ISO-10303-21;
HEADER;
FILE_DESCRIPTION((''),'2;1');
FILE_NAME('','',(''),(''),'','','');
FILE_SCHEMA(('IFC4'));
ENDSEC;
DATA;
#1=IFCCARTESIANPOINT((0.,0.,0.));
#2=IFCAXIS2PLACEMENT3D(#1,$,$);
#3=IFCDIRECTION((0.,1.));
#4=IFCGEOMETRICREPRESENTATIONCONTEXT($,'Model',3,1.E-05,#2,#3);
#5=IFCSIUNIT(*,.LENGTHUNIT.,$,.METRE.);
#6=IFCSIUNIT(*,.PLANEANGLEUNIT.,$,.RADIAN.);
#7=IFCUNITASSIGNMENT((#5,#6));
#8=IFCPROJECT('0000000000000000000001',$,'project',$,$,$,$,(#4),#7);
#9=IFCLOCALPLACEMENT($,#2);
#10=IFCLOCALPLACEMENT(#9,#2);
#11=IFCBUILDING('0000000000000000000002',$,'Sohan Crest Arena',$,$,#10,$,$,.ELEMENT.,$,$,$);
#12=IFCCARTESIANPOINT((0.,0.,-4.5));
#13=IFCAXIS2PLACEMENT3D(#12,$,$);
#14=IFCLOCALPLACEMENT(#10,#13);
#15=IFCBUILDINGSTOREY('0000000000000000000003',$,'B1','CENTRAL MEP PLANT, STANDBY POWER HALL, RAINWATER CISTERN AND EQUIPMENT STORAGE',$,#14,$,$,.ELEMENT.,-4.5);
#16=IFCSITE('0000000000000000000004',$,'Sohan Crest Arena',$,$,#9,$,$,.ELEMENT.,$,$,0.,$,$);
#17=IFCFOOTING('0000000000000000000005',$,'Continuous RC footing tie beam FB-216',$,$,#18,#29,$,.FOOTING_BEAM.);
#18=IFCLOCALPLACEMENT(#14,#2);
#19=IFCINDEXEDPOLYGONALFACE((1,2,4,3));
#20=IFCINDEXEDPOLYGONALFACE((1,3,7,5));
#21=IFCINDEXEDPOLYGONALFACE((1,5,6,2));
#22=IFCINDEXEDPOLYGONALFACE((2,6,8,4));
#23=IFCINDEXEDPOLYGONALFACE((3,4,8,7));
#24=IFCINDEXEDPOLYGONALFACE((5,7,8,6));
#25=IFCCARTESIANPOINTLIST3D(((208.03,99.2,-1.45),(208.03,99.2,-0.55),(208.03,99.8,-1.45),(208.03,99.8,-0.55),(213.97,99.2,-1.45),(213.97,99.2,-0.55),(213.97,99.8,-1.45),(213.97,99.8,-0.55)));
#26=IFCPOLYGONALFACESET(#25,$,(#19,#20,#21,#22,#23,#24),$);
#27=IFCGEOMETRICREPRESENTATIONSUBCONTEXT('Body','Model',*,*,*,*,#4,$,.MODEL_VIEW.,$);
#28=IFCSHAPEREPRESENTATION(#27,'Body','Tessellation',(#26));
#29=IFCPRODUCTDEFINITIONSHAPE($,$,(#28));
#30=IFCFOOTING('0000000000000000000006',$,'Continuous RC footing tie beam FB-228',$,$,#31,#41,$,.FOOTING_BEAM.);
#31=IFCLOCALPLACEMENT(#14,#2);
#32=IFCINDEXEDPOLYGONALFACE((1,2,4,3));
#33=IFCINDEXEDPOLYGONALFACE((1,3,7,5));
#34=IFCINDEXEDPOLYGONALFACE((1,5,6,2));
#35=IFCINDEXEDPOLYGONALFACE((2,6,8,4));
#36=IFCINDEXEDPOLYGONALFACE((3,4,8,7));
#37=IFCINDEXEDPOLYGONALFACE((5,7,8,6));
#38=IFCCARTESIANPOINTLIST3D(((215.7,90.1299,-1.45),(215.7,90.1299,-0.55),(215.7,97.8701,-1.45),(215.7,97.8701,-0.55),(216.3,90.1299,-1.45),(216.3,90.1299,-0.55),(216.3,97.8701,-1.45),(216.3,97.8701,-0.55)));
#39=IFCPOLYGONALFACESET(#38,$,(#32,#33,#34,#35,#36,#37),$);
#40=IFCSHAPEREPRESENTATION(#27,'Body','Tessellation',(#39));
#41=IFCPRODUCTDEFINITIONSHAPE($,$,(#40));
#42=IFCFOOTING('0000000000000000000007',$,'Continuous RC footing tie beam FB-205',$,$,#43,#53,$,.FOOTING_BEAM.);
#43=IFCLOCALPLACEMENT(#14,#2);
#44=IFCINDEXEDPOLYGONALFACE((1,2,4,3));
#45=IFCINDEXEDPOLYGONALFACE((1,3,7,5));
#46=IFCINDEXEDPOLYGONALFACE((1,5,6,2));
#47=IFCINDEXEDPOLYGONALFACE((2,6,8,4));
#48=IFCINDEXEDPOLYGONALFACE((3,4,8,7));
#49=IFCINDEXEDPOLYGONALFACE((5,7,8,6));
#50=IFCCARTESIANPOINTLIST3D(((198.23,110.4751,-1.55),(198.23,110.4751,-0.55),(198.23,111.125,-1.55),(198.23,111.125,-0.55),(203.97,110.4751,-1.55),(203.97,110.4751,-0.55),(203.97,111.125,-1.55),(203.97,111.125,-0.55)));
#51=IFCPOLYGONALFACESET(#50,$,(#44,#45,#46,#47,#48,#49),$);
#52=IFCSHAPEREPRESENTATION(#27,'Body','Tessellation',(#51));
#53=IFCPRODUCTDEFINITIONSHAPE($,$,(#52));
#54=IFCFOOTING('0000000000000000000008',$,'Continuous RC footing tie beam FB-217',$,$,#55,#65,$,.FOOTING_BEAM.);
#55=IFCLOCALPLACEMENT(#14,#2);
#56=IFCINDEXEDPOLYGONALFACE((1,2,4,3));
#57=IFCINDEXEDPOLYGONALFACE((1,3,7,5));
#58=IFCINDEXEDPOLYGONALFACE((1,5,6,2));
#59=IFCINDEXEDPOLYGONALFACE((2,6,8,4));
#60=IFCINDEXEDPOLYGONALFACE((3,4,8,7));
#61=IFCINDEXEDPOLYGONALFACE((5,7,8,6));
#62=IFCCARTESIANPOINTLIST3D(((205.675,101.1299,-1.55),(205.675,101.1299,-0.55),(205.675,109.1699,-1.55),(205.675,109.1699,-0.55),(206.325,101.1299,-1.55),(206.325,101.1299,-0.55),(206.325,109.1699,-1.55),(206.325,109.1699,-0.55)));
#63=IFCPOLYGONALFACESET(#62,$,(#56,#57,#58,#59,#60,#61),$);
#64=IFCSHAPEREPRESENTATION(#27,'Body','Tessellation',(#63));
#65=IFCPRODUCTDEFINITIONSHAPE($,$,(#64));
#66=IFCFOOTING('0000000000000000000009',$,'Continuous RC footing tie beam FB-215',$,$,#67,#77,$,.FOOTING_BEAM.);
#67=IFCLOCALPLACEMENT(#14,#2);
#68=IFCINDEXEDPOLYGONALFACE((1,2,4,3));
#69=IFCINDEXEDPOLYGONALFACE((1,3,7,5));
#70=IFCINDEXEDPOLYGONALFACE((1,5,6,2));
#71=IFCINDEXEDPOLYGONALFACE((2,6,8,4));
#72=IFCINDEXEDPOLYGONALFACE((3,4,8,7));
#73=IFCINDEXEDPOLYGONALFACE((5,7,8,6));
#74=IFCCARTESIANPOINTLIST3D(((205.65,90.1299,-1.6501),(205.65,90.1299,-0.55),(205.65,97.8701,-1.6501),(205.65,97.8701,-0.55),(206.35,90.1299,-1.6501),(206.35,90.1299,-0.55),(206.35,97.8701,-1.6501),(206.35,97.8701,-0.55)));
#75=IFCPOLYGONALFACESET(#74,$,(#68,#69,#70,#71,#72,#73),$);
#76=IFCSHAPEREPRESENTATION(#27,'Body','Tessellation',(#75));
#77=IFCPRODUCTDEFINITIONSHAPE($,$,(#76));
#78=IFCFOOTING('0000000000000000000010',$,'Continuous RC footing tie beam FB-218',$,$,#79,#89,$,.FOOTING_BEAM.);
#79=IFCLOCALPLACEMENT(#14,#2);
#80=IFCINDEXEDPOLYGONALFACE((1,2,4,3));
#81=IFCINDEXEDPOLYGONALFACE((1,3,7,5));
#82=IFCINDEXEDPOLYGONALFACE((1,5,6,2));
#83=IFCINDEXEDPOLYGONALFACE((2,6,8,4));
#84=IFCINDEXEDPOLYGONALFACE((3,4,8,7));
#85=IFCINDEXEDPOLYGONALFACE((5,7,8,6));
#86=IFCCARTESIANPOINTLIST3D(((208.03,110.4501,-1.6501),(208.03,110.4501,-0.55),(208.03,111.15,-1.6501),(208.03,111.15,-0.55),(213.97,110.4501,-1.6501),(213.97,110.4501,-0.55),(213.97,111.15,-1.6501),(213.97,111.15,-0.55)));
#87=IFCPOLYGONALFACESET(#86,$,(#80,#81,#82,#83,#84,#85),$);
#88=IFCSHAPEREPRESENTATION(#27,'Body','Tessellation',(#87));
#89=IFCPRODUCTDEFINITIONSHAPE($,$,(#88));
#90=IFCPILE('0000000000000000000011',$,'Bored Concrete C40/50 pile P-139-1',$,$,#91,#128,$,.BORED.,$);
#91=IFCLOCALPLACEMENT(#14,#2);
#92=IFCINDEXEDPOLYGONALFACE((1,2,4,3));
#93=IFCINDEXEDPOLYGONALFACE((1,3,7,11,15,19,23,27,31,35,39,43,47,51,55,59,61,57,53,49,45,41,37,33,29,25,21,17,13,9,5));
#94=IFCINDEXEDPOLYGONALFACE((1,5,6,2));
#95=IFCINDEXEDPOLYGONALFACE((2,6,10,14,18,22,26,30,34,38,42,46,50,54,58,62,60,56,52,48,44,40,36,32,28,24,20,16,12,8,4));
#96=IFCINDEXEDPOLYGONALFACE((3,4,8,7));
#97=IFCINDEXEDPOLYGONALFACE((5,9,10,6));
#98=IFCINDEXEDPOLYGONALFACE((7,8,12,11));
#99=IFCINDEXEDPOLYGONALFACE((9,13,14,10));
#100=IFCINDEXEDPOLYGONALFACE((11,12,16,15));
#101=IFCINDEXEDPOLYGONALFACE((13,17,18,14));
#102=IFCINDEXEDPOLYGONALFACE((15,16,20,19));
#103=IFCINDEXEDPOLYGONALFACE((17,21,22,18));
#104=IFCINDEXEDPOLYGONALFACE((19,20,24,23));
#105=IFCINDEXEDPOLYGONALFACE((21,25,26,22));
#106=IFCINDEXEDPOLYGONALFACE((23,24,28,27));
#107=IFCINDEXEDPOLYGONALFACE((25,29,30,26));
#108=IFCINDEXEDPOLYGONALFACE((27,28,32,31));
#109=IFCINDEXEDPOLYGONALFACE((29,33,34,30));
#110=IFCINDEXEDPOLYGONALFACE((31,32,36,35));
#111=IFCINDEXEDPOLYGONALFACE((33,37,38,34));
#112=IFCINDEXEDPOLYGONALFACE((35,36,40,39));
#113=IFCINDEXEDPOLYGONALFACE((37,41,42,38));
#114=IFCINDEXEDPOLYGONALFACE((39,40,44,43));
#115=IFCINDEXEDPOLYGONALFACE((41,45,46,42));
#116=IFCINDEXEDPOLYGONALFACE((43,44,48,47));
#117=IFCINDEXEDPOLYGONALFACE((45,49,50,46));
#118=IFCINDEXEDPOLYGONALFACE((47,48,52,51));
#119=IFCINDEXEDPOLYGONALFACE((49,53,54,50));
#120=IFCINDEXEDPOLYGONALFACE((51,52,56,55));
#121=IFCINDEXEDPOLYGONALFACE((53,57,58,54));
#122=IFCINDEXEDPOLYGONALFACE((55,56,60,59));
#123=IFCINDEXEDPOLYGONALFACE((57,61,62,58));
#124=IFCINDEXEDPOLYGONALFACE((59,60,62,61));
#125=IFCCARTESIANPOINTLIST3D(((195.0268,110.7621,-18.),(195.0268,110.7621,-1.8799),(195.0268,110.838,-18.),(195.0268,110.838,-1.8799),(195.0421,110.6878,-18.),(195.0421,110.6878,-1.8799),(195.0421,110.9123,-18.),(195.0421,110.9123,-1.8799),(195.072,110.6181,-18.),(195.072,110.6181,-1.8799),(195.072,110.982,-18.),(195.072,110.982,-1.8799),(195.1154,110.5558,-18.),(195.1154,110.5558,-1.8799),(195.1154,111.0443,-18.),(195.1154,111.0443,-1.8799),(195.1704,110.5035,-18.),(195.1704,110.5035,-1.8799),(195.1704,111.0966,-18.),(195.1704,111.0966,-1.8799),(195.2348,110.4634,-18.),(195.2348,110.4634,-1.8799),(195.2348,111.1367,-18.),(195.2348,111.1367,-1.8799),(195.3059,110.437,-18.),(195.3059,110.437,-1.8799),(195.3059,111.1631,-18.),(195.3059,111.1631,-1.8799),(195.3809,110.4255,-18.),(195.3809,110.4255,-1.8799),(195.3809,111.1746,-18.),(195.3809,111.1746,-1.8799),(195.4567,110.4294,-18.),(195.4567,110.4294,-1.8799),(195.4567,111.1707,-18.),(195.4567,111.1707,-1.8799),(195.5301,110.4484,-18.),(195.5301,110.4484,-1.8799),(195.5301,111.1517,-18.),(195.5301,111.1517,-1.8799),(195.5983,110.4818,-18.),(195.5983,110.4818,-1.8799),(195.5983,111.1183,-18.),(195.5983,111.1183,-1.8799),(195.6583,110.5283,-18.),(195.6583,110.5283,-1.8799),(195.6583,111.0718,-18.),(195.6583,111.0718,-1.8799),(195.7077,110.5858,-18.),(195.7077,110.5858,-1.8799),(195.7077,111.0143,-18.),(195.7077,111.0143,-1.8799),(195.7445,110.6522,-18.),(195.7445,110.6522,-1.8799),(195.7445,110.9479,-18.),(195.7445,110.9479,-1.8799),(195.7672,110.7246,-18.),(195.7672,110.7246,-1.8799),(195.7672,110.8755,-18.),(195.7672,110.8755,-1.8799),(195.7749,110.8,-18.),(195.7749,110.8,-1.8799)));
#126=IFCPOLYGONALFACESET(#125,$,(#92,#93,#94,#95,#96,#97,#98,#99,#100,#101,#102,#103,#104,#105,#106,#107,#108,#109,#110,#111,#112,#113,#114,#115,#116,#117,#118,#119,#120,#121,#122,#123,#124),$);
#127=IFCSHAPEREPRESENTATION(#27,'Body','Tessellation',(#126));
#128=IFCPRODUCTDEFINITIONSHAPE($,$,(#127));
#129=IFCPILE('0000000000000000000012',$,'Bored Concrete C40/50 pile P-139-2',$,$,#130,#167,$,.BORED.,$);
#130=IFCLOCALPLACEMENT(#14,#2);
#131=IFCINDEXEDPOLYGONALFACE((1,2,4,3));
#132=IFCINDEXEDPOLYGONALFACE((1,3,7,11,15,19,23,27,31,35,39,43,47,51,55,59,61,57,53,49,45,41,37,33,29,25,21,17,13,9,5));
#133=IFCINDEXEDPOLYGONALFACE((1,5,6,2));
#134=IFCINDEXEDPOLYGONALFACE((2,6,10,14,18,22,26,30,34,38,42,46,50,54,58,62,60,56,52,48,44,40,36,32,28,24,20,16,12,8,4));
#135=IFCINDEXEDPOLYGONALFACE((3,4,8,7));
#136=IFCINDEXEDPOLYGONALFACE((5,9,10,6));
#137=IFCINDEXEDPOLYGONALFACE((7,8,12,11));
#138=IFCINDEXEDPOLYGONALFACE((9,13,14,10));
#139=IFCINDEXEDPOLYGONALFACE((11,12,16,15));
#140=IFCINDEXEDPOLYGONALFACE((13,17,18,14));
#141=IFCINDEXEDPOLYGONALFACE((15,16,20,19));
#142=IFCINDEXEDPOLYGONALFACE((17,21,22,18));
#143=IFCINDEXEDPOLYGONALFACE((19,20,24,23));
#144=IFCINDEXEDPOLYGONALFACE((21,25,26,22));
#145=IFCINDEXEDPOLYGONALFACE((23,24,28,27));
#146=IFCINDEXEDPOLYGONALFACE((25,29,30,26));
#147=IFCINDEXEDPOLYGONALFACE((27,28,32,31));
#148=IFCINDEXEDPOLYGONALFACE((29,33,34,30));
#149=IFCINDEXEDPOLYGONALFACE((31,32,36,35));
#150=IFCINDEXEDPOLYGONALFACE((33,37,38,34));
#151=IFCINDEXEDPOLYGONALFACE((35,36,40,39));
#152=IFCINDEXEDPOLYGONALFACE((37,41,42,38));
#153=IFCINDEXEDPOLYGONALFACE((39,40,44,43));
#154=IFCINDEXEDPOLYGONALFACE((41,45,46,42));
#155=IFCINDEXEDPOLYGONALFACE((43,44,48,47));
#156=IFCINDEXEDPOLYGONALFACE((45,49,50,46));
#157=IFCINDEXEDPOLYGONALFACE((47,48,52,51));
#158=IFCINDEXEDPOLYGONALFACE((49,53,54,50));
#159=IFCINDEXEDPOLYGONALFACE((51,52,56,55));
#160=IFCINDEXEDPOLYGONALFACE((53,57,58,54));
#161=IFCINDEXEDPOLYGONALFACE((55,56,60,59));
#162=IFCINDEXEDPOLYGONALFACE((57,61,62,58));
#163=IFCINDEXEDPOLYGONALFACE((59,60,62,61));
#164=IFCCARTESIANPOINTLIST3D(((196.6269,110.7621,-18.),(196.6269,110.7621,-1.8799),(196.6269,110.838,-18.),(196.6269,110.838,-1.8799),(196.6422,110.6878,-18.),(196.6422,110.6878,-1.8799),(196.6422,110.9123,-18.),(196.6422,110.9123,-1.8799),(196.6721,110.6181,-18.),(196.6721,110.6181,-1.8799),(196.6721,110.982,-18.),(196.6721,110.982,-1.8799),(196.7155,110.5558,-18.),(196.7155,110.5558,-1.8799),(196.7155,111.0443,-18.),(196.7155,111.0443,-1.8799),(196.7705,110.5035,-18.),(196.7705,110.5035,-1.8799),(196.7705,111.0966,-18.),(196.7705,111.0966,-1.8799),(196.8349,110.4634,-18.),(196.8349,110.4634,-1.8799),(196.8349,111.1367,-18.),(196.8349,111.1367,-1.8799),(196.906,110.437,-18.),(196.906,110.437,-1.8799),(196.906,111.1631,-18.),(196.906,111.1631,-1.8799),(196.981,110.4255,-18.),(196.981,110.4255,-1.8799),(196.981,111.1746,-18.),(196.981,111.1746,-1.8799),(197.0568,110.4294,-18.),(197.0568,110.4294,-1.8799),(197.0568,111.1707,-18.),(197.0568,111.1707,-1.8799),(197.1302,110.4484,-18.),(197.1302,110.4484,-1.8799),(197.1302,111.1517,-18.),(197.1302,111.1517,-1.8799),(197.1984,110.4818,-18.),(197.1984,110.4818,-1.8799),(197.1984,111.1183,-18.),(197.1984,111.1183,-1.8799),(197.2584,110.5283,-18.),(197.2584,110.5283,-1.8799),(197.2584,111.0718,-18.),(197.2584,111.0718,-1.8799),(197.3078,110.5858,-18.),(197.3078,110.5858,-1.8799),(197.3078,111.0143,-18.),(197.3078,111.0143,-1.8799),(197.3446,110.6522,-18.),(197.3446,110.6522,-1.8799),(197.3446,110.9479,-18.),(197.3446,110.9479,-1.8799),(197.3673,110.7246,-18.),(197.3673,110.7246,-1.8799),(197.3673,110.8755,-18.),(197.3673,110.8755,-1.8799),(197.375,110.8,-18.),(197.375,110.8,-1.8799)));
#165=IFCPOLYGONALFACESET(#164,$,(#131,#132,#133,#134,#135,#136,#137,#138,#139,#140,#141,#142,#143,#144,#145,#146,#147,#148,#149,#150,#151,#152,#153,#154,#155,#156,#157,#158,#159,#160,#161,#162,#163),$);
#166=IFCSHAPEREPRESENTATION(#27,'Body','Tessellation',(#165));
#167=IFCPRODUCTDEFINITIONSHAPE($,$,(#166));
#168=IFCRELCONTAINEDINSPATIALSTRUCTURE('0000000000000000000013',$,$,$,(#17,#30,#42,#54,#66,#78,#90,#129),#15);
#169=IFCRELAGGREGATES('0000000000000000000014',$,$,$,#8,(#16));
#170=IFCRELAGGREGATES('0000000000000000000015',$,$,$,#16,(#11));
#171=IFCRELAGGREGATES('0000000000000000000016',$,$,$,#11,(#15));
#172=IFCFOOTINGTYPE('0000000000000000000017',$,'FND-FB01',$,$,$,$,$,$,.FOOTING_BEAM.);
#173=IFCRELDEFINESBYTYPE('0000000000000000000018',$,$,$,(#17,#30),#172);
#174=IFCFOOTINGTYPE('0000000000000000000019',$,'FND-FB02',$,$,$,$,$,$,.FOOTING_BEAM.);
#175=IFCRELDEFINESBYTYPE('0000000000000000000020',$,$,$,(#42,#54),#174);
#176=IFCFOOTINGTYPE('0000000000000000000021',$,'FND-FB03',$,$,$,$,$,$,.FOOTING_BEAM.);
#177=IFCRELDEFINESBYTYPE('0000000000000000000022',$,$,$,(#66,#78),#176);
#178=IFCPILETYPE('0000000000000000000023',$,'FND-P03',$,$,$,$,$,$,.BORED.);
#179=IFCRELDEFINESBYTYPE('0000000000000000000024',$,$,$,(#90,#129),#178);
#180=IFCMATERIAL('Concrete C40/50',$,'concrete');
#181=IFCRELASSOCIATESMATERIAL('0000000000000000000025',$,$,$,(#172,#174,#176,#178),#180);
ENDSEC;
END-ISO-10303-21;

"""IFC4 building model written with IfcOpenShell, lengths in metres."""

from ifc_helpers import new_model, si_unit, direction, frame, origin, origin_2d, place, context, subcontext, project, spatial, rectangle, circle, extrude, material, material_profile, profile_set, type_object, element, save


model = new_model("IFC4")

# Units and contexts
model_context = context("Model", 3, precision=1e-05, world=origin(), true_north=direction((0.0, 1.0)))
body_context = subcontext(model_context, "Body", "Model", "MODEL_VIEW")
ifc_project = project(units=[si_unit("LENGTHUNIT", "METRE"), si_unit("PLANEANGLEUNIT", "RADIAN")], contexts=[model_context])

# Site, building, storey
site_placement = place(None, origin())
site = spatial("IfcSite", under=ifc_project, at=site_placement, Name="Sohan Crest Arena", CompositionType="ELEMENT", RefElevation=0.0)
building_placement = place(site_placement, origin())
building = spatial("IfcBuilding", under=site, at=building_placement, Name="Sohan Crest Arena", CompositionType="ELEMENT")
storey_placement = place(building_placement, frame((0.0, 0.0, -4.5)))
storey = spatial("IfcBuildingStorey", under=building, at=storey_placement, Name="B1", Description="CENTRAL MEP PLANT, STANDBY POWER HALL, RAINWATER CISTERN AND EQUIPMENT STORAGE", CompositionType="ELEMENT", Elevation=-4.5)

# Footings
ifc_material_1 = material(Name="Concrete C40/50", Category="concrete")
ifc_material_profile_1 = material_profile(ifc_material_1, rectangle(XDim=0.6001, YDim=0.8999, at=origin_2d()), Name="RC-FB 600x900")
ifc_profile_set_1 = profile_set([ifc_material_profile_1], Name="Concrete C40/50")
footing_type_1 = type_object("IfcFootingType", Name="FND-FB01", PredefinedType="FOOTING_BEAM", material=ifc_profile_set_1)
footing_1_placement = place(storey_placement, frame((208.03, 99.5, -1.0), z_axis=(1.0, 0.0, 0.0), x_axis=(0.0, 1.0, 0.0)))
element("IfcFooting", 1, at=footing_1_placement, inside=storey, type_object=footing_type_1, Name="Continuous RC footing tie beam FB-216", PredefinedType="FOOTING_BEAM", context=body_context, shape_type="SweptSolid", body=[
    extrude(rectangle(XDim=0.6001, YDim=0.8999, at=origin_2d()), origin(), (0.0, 0.0, 1.0), 5.9399),
])
footing_2_placement = place(storey_placement, frame((216.0, 90.1299, -1.0), z_axis=(0.0, 1.0, 0.0), x_axis=(-1.0, 0.0, 0.0)))
element("IfcFooting", 2, at=footing_2_placement, inside=storey, type_object=footing_type_1, Name="Continuous RC footing tie beam FB-228", PredefinedType="FOOTING_BEAM", context=body_context, shape_type="SweptSolid", body=[
    extrude(rectangle(XDim=0.6001, YDim=0.8999, at=origin_2d()), origin(), (0.0, 0.0, 1.0), 7.7402),
])
ifc_material_profile_2 = material_profile(ifc_material_1, rectangle(XDim=0.6499, YDim=1.0, at=origin_2d()), Name="RC-FB 650x1000")
ifc_profile_set_2 = profile_set([ifc_material_profile_2], Name="Concrete C40/50")
footing_type_2 = type_object("IfcFootingType", Name="FND-FB02", PredefinedType="FOOTING_BEAM", material=ifc_profile_set_2)
footing_3_placement = place(storey_placement, frame((198.23, 110.8, -1.05), z_axis=(1.0, 0.0, 0.0), x_axis=(0.0, 1.0, 0.0)))
element("IfcFooting", 3, at=footing_3_placement, inside=storey, type_object=footing_type_2, Name="Continuous RC footing tie beam FB-205", PredefinedType="FOOTING_BEAM", context=body_context, shape_type="SweptSolid", body=[
    extrude(rectangle(XDim=0.6499, YDim=1.0, at=origin_2d()), origin(), (0.0, 0.0, 1.0), 5.74),
])
footing_4_placement = place(storey_placement, frame((206.0, 101.1299, -1.05), z_axis=(0.0, 1.0, 0.0), x_axis=(-1.0, 0.0, 0.0)))
element("IfcFooting", 4, at=footing_4_placement, inside=storey, type_object=footing_type_2, Name="Continuous RC footing tie beam FB-217", PredefinedType="FOOTING_BEAM", context=body_context, shape_type="SweptSolid", body=[
    extrude(rectangle(XDim=0.6499, YDim=1.0, at=origin_2d()), origin(), (0.0, 0.0, 1.0), 8.04),
])
ifc_material_profile_3 = material_profile(ifc_material_1, rectangle(XDim=0.7, YDim=1.1001, at=origin_2d()), Name="RC-FB 700x1100")
ifc_profile_set_3 = profile_set([ifc_material_profile_3], Name="Concrete C40/50")
footing_type_3 = type_object("IfcFootingType", Name="FND-FB03", PredefinedType="FOOTING_BEAM", material=ifc_profile_set_3)
footing_5_placement = place(storey_placement, frame((206.0, 90.1299, -1.1001), z_axis=(0.0, 1.0, 0.0), x_axis=(-1.0, 0.0, 0.0)))
element("IfcFooting", 5, at=footing_5_placement, inside=storey, type_object=footing_type_3, Name="Continuous RC footing tie beam FB-215", PredefinedType="FOOTING_BEAM", context=body_context, shape_type="SweptSolid", body=[
    extrude(rectangle(XDim=0.7, YDim=1.1001, at=origin_2d()), origin(), (0.0, 0.0, 1.0), 7.7402),
])
footing_6_placement = place(storey_placement, frame((208.03, 110.8, -1.1001), z_axis=(1.0, 0.0, 0.0), x_axis=(0.0, 1.0, 0.0)))
element("IfcFooting", 6, at=footing_6_placement, inside=storey, type_object=footing_type_3, Name="Continuous RC footing tie beam FB-218", PredefinedType="FOOTING_BEAM", context=body_context, shape_type="SweptSolid", body=[
    extrude(rectangle(XDim=0.7, YDim=1.1001, at=origin_2d()), origin(), (0.0, 0.0, 1.0), 5.9399),
])

# Piles
ifc_material_profile_4 = material_profile(ifc_material_1, circle(Radius=0.375, at=origin_2d()), Name="PILE D750")
ifc_profile_set_4 = profile_set([ifc_material_profile_4], Name="Concrete C40/50")
pile_type = type_object("IfcPileType", Name="FND-P03", PredefinedType="BORED", material=ifc_profile_set_4)
for number, where, z_axis, x_axis, name in (
    (7, (195.3999, 110.8, -18.0), (0.0, 0.0, 1.0), (1.0, 0.0, 0.0), "Bored Concrete C40/50 pile P-139-1"),
    (8, (197.0, 110.8, -18.0), (0.0, 0.0, 1.0), (1.0, 0.0, 0.0), "Bored Concrete C40/50 pile P-139-2"),
):
    element("IfcPile", number, at=place(storey_placement, frame(where, z_axis=z_axis, x_axis=x_axis)), inside=storey, type_object=pile_type, Name=name, PredefinedType="BORED", context=body_context, shape_type="SweptSolid", body=[
        extrude(circle(Radius=0.375, at=origin_2d()), origin(), (0.0, 0.0, 1.0), 16.1201),
    ])

save(model, "model.ifc")
